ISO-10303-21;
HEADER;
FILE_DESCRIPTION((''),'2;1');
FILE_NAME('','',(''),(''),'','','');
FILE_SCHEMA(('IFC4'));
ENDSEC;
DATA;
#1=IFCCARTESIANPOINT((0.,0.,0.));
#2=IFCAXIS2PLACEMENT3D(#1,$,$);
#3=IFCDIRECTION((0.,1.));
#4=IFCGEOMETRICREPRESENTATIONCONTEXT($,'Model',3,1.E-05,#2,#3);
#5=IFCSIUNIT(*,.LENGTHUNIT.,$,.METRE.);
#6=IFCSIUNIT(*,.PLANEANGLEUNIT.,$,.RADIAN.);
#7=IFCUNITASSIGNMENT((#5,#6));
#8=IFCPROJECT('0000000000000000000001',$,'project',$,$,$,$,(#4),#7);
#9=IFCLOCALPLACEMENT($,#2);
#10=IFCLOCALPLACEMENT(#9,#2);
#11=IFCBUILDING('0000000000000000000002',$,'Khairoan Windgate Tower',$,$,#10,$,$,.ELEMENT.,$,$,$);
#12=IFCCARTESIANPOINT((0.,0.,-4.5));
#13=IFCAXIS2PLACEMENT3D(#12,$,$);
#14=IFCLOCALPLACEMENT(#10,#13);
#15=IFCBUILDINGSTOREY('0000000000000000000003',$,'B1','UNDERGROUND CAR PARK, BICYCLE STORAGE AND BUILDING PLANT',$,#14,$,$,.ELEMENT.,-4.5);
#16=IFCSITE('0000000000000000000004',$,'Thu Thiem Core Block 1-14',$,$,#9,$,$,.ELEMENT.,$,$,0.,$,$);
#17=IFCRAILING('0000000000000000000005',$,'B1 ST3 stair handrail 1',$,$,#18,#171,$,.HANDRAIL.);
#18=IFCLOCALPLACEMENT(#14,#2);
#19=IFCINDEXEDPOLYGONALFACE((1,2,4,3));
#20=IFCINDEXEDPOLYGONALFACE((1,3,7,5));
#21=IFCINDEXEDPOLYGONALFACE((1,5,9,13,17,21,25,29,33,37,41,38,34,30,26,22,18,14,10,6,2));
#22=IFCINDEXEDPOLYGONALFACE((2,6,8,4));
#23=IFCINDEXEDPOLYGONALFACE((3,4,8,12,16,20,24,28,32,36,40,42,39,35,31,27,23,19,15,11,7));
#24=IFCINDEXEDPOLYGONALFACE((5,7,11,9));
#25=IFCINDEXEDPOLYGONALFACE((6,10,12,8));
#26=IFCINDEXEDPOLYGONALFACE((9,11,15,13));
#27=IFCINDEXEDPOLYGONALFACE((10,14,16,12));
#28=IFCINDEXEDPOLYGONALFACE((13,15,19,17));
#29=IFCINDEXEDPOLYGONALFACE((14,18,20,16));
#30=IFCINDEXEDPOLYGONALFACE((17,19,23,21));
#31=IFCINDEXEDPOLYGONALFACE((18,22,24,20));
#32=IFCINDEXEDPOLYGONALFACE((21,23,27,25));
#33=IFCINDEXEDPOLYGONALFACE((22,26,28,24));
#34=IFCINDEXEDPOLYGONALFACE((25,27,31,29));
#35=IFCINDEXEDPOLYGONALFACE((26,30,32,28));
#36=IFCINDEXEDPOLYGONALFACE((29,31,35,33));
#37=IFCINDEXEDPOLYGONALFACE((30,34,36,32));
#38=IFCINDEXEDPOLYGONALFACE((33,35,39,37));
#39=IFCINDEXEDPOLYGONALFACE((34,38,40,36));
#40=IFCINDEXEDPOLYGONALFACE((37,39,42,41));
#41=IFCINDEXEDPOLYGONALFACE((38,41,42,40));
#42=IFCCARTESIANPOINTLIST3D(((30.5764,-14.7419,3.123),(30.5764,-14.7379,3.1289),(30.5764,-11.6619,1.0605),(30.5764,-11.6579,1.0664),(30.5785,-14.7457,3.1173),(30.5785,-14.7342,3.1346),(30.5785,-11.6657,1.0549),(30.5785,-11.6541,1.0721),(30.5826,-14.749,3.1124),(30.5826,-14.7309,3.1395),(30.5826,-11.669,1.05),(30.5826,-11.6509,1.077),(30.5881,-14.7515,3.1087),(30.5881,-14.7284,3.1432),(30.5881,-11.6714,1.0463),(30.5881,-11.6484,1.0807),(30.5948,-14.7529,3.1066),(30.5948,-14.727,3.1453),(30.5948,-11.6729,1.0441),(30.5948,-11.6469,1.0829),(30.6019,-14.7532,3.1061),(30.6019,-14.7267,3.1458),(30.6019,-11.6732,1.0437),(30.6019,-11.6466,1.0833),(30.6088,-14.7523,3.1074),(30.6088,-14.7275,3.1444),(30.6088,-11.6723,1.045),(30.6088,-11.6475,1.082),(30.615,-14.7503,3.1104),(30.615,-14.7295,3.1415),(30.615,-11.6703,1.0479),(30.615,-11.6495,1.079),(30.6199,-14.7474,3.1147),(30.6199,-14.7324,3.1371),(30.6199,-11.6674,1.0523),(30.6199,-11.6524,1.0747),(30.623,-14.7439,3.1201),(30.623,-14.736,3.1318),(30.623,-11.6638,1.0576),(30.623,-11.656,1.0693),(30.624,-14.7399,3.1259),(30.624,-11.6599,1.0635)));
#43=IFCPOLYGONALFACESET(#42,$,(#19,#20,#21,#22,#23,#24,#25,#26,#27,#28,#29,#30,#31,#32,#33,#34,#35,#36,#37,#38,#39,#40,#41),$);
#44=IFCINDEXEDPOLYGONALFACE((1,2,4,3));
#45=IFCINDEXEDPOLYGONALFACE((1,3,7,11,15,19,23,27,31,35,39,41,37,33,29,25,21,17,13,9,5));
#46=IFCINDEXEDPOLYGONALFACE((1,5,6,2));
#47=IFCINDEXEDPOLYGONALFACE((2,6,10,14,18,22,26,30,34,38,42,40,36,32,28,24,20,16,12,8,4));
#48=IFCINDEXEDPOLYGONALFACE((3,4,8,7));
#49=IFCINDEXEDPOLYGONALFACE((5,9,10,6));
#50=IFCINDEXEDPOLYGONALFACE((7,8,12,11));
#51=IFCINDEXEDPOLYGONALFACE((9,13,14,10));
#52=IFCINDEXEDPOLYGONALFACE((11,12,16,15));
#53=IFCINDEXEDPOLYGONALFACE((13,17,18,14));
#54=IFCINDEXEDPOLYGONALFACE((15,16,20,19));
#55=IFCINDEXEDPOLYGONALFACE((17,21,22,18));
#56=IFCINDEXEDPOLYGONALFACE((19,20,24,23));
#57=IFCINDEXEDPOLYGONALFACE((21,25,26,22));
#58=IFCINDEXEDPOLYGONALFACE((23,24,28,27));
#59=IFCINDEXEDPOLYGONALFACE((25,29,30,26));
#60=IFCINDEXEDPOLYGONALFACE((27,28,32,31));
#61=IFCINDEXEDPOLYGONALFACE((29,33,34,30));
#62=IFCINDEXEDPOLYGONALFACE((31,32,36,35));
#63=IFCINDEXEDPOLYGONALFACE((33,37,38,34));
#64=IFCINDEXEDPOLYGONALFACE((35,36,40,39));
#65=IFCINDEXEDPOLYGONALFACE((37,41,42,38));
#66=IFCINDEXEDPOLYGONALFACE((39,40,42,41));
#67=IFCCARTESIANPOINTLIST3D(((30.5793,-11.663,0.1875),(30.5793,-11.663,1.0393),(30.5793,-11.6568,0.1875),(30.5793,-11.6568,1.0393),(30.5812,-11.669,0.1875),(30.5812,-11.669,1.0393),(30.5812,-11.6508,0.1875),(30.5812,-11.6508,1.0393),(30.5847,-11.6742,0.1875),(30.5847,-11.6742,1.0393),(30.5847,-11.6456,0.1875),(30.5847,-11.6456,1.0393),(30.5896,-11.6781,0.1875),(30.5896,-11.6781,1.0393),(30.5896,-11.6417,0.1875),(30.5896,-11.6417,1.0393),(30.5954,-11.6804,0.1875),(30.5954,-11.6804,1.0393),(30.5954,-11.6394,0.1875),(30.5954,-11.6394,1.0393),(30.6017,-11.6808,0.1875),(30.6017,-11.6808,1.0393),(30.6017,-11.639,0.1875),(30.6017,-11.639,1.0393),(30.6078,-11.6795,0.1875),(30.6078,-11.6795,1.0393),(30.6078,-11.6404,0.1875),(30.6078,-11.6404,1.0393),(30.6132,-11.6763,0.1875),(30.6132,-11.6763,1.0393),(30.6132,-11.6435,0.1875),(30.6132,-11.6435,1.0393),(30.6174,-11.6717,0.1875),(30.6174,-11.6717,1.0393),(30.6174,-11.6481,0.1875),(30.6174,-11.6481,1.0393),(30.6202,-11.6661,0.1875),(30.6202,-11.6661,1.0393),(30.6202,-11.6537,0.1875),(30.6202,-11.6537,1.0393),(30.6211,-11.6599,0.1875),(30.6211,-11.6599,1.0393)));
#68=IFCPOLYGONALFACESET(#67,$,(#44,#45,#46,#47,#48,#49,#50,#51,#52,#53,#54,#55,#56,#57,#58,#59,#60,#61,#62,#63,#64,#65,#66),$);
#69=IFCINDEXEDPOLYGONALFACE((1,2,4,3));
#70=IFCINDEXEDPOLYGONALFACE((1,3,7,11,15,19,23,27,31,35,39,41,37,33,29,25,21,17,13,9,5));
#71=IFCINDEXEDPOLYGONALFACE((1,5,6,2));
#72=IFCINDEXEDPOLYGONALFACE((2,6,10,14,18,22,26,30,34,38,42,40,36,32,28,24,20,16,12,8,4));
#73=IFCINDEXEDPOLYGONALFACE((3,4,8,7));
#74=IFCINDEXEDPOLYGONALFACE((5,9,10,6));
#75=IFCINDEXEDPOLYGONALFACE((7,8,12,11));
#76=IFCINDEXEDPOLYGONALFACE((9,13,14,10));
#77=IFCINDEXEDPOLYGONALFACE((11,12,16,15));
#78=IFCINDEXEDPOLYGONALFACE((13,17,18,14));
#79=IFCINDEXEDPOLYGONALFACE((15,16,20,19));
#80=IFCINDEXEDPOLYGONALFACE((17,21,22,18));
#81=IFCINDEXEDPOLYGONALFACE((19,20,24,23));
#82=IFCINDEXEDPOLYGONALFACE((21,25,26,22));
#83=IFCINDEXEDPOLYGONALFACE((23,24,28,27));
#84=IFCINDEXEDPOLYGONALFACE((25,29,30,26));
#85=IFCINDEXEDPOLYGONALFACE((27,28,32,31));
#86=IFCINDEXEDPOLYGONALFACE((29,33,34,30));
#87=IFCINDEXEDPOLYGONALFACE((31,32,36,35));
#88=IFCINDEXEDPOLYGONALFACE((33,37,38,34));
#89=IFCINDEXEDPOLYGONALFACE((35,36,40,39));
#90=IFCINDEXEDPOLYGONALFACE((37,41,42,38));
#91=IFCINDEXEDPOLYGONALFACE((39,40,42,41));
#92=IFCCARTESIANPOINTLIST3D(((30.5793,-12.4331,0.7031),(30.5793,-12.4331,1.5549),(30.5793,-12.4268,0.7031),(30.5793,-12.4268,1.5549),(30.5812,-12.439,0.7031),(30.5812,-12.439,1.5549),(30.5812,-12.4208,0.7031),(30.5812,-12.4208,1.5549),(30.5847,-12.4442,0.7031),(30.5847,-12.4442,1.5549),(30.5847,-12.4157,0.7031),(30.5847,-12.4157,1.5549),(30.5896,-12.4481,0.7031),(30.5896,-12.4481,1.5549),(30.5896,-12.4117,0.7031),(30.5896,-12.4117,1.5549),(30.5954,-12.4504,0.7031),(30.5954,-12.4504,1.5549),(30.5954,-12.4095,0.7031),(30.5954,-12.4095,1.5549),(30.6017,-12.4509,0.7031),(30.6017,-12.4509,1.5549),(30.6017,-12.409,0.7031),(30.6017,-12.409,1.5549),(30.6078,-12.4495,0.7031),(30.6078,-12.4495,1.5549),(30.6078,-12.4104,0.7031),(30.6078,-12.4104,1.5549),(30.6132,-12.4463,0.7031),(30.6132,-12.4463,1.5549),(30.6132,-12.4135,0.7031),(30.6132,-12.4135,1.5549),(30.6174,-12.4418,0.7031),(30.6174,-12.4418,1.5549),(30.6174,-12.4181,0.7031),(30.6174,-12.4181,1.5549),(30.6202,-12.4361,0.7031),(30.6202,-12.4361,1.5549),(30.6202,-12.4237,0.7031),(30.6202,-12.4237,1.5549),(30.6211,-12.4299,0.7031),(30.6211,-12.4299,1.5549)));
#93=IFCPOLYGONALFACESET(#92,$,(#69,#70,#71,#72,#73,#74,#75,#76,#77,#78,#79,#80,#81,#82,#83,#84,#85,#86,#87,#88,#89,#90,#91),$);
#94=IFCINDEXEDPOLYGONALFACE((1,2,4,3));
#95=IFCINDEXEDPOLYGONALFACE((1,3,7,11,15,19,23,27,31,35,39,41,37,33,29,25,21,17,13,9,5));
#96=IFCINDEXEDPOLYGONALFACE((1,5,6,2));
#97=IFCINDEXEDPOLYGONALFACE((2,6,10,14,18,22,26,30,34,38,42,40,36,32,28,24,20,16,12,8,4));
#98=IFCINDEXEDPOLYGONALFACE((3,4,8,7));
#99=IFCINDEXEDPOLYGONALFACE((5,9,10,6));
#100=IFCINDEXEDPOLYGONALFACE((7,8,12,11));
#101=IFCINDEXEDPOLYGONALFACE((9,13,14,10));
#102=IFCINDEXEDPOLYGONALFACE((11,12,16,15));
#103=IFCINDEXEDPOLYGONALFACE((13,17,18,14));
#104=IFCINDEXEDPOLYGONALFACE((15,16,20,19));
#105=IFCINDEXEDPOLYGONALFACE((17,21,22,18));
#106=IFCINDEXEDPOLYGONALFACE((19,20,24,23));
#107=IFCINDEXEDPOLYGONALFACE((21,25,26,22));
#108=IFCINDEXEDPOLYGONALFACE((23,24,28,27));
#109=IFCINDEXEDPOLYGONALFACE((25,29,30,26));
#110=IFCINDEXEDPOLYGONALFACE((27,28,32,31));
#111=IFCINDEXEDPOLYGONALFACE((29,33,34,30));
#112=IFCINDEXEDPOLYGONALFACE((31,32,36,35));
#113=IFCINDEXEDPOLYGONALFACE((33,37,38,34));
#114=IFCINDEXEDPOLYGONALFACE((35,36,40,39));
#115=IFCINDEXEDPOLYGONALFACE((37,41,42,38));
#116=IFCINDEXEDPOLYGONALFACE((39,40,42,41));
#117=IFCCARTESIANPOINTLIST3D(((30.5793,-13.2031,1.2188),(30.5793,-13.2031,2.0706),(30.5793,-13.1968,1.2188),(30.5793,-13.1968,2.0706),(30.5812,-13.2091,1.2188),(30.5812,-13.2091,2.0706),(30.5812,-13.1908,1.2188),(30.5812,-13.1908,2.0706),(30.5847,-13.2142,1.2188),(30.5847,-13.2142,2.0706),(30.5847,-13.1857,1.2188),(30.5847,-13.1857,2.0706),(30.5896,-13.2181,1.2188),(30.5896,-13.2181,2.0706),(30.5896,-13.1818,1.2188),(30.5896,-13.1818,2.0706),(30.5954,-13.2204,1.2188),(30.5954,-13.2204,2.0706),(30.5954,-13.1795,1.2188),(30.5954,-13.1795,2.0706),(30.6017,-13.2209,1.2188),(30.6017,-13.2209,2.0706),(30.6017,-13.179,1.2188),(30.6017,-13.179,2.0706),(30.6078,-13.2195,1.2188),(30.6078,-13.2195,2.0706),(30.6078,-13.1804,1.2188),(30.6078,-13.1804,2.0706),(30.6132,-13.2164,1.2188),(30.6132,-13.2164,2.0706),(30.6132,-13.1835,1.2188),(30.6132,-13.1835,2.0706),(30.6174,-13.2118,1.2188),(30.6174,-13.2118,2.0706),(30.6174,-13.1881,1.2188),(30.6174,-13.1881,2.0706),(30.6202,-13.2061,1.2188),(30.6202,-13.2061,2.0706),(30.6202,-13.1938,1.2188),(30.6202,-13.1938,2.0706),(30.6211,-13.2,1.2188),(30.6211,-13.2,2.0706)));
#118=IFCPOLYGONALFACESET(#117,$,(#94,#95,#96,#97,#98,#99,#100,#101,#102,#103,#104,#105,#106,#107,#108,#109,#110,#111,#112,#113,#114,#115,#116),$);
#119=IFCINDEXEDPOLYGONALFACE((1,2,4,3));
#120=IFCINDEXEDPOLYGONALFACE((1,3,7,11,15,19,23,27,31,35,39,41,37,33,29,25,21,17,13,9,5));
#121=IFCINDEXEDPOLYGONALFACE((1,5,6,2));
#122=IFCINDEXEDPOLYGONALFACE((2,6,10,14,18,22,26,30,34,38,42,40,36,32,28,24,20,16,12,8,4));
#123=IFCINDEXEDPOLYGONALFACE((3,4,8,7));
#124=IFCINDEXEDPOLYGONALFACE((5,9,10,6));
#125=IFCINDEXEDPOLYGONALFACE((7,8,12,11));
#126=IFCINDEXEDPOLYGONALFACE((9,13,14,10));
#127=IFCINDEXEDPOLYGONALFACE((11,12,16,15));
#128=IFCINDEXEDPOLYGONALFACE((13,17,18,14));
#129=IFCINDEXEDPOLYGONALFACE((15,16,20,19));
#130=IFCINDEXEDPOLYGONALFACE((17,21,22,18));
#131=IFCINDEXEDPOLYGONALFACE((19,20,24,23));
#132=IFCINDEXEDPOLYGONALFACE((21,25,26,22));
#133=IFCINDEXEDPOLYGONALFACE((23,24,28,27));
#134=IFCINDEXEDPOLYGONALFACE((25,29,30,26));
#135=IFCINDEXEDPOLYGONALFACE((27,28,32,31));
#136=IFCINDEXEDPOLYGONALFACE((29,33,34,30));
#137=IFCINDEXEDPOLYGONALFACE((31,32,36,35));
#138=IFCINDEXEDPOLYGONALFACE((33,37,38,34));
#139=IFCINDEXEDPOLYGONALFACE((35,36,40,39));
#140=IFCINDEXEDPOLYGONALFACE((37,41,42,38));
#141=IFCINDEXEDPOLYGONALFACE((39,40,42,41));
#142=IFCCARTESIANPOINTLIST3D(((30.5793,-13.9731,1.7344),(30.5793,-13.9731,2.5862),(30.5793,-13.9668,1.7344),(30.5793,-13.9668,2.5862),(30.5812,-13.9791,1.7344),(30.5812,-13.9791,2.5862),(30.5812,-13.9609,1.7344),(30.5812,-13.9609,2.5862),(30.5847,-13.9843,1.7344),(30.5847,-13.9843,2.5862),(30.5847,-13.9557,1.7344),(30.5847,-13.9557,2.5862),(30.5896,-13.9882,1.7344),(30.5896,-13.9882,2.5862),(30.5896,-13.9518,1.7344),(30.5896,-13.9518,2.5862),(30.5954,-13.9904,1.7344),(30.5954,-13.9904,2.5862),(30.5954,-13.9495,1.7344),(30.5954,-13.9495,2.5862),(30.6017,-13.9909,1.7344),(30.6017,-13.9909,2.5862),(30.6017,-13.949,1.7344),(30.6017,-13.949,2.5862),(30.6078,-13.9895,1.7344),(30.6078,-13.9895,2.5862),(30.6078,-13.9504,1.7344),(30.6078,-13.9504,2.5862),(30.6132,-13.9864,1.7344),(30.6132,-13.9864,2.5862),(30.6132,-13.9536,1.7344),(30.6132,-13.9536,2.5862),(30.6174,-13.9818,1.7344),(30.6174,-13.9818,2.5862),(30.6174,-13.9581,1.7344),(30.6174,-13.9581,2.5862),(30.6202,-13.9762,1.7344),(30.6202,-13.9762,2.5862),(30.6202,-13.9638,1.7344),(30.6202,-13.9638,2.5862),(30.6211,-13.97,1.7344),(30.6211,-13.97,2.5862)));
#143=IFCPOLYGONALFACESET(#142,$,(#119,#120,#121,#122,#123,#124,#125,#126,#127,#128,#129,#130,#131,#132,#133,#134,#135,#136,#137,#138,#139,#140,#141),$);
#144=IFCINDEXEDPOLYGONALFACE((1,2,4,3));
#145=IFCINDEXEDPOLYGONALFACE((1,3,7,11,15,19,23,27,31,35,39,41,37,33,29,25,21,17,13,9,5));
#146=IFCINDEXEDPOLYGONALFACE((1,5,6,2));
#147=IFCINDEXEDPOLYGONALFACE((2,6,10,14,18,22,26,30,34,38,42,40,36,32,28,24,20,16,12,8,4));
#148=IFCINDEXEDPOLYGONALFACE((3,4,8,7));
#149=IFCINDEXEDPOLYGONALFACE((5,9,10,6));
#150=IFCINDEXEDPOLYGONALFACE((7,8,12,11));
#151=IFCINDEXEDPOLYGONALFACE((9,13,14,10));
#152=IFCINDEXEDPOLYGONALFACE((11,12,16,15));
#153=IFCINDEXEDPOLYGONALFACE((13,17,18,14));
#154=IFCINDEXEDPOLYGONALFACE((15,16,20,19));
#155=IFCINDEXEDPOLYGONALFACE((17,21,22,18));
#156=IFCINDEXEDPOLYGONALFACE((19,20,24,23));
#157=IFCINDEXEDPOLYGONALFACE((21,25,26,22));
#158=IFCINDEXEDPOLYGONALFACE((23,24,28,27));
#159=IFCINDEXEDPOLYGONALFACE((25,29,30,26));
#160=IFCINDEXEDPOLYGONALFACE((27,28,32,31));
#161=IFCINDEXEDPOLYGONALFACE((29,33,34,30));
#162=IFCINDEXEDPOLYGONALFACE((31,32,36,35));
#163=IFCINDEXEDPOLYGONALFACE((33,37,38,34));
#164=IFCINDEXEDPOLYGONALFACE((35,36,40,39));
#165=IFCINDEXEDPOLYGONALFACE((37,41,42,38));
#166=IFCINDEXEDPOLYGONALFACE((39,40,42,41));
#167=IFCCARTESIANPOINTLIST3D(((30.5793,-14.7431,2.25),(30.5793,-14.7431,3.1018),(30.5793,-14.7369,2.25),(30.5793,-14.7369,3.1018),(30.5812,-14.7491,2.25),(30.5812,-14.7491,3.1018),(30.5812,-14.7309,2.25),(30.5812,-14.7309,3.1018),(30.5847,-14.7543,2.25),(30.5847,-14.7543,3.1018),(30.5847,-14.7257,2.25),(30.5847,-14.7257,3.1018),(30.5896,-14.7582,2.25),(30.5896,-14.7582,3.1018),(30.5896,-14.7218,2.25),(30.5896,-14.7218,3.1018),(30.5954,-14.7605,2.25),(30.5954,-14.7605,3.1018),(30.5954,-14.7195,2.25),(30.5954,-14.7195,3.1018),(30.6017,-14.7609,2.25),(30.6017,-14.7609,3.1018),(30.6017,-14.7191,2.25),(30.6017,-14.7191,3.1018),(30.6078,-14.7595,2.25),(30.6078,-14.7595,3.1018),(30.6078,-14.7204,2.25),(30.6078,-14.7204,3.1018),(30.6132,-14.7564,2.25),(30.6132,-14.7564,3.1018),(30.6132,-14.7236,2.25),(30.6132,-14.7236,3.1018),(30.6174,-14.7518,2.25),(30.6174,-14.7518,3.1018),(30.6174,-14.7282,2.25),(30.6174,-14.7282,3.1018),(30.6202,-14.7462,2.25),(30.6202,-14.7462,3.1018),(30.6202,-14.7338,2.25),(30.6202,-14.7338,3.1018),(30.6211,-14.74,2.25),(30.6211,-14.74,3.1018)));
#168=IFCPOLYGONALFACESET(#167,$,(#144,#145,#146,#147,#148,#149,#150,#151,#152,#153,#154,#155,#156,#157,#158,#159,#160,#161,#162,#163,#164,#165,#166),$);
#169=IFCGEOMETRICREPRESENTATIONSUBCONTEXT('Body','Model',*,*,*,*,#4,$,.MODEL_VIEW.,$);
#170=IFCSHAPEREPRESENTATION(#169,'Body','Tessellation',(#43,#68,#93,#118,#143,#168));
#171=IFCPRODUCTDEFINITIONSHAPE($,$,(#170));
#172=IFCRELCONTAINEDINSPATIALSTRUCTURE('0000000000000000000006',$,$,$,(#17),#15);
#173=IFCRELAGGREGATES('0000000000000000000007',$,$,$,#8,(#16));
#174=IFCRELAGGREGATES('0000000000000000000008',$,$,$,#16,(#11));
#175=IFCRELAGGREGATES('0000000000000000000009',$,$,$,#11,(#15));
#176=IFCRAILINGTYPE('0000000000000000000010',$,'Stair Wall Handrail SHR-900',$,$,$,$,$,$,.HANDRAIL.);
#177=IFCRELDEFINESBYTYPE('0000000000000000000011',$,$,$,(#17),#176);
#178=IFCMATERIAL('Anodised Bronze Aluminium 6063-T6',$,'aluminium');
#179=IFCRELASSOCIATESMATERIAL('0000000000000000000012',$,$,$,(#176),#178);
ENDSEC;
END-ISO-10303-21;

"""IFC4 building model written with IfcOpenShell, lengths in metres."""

from ifc_helpers import new_model, si_unit, direction, frame, origin, origin_2d, place, context, subcontext, project, spatial, circle, extrude, material, type_object, element, save


model = new_model("IFC4")

# Units and contexts
model_context = context("Model", 3, precision=1e-05, world=origin(), true_north=direction((0.0, 1.0)))
body_context = subcontext(model_context, "Body", "Model", "MODEL_VIEW")
ifc_project = project(units=[si_unit("LENGTHUNIT", "METRE"), si_unit("PLANEANGLEUNIT", "RADIAN")], contexts=[model_context])

# Site, building, storey
site_placement = place(None, origin())
site = spatial("IfcSite", under=ifc_project, at=site_placement, Name="Thu Thiem Core Block 1-14", CompositionType="ELEMENT", RefElevation=0.0)
building_placement = place(site_placement, origin())
building = spatial("IfcBuilding", under=site, at=building_placement, Name="Khairoan Windgate Tower", CompositionType="ELEMENT")
storey_placement = place(building_placement, frame((0.0, 0.0, -4.5)))
storey = spatial("IfcBuildingStorey", under=building, at=storey_placement, Name="B1", Description="UNDERGROUND CAR PARK, BICYCLE STORAGE AND BUILDING PLANT", CompositionType="ELEMENT", Elevation=-4.5)

# Railing
ifc_material_1 = material(Name="Anodised Bronze Aluminium 6063-T6", Category="aluminium")
railing_type_1 = type_object("IfcRailingType", Name="Stair Wall Handrail SHR-900", PredefinedType="HANDRAIL", material=ifc_material_1)
railing_1_placement = place(storey_placement, frame((30.6001, -11.6599, 0.1875)))
element("IfcRailing", 1, at=railing_1_placement, inside=storey, type_object=railing_type_1, Name="B1 ST3 stair handrail 1", PredefinedType="HANDRAIL", context=body_context, shape_type="SweptSolid", body=[
    extrude(circle(Radius=0.0239, at=origin_2d()), frame((0.0, 0.0, 0.876), z_axis=(0.0, -0.830914, 0.556401), x_axis=(1.0, 0.0, 0.0)), (0.0, 0.0, 1.0), 3.7068),
    extrude(circle(Radius=0.021, at=origin_2d()), origin(), (0.0, 0.0, 1.0), 0.8518),
    extrude(circle(Radius=0.021, at=origin_2d()), frame((0.0, -0.77, 0.5156)), (0.0, 0.0, 1.0), 0.8518),
    extrude(circle(Radius=0.021, at=origin_2d()), frame((0.0, -1.54, 1.0312)), (0.0, 0.0, 1.0), 0.8518),
    extrude(circle(Radius=0.021, at=origin_2d()), frame((0.0, -2.3101, 1.5469)), (0.0, 0.0, 1.0), 0.8518),
    extrude(circle(Radius=0.021, at=origin_2d()), frame((0.0, -3.0801, 2.0625)), (0.0, 0.0, 1.0), 0.8518),
])

save(model, "model.ifc")
